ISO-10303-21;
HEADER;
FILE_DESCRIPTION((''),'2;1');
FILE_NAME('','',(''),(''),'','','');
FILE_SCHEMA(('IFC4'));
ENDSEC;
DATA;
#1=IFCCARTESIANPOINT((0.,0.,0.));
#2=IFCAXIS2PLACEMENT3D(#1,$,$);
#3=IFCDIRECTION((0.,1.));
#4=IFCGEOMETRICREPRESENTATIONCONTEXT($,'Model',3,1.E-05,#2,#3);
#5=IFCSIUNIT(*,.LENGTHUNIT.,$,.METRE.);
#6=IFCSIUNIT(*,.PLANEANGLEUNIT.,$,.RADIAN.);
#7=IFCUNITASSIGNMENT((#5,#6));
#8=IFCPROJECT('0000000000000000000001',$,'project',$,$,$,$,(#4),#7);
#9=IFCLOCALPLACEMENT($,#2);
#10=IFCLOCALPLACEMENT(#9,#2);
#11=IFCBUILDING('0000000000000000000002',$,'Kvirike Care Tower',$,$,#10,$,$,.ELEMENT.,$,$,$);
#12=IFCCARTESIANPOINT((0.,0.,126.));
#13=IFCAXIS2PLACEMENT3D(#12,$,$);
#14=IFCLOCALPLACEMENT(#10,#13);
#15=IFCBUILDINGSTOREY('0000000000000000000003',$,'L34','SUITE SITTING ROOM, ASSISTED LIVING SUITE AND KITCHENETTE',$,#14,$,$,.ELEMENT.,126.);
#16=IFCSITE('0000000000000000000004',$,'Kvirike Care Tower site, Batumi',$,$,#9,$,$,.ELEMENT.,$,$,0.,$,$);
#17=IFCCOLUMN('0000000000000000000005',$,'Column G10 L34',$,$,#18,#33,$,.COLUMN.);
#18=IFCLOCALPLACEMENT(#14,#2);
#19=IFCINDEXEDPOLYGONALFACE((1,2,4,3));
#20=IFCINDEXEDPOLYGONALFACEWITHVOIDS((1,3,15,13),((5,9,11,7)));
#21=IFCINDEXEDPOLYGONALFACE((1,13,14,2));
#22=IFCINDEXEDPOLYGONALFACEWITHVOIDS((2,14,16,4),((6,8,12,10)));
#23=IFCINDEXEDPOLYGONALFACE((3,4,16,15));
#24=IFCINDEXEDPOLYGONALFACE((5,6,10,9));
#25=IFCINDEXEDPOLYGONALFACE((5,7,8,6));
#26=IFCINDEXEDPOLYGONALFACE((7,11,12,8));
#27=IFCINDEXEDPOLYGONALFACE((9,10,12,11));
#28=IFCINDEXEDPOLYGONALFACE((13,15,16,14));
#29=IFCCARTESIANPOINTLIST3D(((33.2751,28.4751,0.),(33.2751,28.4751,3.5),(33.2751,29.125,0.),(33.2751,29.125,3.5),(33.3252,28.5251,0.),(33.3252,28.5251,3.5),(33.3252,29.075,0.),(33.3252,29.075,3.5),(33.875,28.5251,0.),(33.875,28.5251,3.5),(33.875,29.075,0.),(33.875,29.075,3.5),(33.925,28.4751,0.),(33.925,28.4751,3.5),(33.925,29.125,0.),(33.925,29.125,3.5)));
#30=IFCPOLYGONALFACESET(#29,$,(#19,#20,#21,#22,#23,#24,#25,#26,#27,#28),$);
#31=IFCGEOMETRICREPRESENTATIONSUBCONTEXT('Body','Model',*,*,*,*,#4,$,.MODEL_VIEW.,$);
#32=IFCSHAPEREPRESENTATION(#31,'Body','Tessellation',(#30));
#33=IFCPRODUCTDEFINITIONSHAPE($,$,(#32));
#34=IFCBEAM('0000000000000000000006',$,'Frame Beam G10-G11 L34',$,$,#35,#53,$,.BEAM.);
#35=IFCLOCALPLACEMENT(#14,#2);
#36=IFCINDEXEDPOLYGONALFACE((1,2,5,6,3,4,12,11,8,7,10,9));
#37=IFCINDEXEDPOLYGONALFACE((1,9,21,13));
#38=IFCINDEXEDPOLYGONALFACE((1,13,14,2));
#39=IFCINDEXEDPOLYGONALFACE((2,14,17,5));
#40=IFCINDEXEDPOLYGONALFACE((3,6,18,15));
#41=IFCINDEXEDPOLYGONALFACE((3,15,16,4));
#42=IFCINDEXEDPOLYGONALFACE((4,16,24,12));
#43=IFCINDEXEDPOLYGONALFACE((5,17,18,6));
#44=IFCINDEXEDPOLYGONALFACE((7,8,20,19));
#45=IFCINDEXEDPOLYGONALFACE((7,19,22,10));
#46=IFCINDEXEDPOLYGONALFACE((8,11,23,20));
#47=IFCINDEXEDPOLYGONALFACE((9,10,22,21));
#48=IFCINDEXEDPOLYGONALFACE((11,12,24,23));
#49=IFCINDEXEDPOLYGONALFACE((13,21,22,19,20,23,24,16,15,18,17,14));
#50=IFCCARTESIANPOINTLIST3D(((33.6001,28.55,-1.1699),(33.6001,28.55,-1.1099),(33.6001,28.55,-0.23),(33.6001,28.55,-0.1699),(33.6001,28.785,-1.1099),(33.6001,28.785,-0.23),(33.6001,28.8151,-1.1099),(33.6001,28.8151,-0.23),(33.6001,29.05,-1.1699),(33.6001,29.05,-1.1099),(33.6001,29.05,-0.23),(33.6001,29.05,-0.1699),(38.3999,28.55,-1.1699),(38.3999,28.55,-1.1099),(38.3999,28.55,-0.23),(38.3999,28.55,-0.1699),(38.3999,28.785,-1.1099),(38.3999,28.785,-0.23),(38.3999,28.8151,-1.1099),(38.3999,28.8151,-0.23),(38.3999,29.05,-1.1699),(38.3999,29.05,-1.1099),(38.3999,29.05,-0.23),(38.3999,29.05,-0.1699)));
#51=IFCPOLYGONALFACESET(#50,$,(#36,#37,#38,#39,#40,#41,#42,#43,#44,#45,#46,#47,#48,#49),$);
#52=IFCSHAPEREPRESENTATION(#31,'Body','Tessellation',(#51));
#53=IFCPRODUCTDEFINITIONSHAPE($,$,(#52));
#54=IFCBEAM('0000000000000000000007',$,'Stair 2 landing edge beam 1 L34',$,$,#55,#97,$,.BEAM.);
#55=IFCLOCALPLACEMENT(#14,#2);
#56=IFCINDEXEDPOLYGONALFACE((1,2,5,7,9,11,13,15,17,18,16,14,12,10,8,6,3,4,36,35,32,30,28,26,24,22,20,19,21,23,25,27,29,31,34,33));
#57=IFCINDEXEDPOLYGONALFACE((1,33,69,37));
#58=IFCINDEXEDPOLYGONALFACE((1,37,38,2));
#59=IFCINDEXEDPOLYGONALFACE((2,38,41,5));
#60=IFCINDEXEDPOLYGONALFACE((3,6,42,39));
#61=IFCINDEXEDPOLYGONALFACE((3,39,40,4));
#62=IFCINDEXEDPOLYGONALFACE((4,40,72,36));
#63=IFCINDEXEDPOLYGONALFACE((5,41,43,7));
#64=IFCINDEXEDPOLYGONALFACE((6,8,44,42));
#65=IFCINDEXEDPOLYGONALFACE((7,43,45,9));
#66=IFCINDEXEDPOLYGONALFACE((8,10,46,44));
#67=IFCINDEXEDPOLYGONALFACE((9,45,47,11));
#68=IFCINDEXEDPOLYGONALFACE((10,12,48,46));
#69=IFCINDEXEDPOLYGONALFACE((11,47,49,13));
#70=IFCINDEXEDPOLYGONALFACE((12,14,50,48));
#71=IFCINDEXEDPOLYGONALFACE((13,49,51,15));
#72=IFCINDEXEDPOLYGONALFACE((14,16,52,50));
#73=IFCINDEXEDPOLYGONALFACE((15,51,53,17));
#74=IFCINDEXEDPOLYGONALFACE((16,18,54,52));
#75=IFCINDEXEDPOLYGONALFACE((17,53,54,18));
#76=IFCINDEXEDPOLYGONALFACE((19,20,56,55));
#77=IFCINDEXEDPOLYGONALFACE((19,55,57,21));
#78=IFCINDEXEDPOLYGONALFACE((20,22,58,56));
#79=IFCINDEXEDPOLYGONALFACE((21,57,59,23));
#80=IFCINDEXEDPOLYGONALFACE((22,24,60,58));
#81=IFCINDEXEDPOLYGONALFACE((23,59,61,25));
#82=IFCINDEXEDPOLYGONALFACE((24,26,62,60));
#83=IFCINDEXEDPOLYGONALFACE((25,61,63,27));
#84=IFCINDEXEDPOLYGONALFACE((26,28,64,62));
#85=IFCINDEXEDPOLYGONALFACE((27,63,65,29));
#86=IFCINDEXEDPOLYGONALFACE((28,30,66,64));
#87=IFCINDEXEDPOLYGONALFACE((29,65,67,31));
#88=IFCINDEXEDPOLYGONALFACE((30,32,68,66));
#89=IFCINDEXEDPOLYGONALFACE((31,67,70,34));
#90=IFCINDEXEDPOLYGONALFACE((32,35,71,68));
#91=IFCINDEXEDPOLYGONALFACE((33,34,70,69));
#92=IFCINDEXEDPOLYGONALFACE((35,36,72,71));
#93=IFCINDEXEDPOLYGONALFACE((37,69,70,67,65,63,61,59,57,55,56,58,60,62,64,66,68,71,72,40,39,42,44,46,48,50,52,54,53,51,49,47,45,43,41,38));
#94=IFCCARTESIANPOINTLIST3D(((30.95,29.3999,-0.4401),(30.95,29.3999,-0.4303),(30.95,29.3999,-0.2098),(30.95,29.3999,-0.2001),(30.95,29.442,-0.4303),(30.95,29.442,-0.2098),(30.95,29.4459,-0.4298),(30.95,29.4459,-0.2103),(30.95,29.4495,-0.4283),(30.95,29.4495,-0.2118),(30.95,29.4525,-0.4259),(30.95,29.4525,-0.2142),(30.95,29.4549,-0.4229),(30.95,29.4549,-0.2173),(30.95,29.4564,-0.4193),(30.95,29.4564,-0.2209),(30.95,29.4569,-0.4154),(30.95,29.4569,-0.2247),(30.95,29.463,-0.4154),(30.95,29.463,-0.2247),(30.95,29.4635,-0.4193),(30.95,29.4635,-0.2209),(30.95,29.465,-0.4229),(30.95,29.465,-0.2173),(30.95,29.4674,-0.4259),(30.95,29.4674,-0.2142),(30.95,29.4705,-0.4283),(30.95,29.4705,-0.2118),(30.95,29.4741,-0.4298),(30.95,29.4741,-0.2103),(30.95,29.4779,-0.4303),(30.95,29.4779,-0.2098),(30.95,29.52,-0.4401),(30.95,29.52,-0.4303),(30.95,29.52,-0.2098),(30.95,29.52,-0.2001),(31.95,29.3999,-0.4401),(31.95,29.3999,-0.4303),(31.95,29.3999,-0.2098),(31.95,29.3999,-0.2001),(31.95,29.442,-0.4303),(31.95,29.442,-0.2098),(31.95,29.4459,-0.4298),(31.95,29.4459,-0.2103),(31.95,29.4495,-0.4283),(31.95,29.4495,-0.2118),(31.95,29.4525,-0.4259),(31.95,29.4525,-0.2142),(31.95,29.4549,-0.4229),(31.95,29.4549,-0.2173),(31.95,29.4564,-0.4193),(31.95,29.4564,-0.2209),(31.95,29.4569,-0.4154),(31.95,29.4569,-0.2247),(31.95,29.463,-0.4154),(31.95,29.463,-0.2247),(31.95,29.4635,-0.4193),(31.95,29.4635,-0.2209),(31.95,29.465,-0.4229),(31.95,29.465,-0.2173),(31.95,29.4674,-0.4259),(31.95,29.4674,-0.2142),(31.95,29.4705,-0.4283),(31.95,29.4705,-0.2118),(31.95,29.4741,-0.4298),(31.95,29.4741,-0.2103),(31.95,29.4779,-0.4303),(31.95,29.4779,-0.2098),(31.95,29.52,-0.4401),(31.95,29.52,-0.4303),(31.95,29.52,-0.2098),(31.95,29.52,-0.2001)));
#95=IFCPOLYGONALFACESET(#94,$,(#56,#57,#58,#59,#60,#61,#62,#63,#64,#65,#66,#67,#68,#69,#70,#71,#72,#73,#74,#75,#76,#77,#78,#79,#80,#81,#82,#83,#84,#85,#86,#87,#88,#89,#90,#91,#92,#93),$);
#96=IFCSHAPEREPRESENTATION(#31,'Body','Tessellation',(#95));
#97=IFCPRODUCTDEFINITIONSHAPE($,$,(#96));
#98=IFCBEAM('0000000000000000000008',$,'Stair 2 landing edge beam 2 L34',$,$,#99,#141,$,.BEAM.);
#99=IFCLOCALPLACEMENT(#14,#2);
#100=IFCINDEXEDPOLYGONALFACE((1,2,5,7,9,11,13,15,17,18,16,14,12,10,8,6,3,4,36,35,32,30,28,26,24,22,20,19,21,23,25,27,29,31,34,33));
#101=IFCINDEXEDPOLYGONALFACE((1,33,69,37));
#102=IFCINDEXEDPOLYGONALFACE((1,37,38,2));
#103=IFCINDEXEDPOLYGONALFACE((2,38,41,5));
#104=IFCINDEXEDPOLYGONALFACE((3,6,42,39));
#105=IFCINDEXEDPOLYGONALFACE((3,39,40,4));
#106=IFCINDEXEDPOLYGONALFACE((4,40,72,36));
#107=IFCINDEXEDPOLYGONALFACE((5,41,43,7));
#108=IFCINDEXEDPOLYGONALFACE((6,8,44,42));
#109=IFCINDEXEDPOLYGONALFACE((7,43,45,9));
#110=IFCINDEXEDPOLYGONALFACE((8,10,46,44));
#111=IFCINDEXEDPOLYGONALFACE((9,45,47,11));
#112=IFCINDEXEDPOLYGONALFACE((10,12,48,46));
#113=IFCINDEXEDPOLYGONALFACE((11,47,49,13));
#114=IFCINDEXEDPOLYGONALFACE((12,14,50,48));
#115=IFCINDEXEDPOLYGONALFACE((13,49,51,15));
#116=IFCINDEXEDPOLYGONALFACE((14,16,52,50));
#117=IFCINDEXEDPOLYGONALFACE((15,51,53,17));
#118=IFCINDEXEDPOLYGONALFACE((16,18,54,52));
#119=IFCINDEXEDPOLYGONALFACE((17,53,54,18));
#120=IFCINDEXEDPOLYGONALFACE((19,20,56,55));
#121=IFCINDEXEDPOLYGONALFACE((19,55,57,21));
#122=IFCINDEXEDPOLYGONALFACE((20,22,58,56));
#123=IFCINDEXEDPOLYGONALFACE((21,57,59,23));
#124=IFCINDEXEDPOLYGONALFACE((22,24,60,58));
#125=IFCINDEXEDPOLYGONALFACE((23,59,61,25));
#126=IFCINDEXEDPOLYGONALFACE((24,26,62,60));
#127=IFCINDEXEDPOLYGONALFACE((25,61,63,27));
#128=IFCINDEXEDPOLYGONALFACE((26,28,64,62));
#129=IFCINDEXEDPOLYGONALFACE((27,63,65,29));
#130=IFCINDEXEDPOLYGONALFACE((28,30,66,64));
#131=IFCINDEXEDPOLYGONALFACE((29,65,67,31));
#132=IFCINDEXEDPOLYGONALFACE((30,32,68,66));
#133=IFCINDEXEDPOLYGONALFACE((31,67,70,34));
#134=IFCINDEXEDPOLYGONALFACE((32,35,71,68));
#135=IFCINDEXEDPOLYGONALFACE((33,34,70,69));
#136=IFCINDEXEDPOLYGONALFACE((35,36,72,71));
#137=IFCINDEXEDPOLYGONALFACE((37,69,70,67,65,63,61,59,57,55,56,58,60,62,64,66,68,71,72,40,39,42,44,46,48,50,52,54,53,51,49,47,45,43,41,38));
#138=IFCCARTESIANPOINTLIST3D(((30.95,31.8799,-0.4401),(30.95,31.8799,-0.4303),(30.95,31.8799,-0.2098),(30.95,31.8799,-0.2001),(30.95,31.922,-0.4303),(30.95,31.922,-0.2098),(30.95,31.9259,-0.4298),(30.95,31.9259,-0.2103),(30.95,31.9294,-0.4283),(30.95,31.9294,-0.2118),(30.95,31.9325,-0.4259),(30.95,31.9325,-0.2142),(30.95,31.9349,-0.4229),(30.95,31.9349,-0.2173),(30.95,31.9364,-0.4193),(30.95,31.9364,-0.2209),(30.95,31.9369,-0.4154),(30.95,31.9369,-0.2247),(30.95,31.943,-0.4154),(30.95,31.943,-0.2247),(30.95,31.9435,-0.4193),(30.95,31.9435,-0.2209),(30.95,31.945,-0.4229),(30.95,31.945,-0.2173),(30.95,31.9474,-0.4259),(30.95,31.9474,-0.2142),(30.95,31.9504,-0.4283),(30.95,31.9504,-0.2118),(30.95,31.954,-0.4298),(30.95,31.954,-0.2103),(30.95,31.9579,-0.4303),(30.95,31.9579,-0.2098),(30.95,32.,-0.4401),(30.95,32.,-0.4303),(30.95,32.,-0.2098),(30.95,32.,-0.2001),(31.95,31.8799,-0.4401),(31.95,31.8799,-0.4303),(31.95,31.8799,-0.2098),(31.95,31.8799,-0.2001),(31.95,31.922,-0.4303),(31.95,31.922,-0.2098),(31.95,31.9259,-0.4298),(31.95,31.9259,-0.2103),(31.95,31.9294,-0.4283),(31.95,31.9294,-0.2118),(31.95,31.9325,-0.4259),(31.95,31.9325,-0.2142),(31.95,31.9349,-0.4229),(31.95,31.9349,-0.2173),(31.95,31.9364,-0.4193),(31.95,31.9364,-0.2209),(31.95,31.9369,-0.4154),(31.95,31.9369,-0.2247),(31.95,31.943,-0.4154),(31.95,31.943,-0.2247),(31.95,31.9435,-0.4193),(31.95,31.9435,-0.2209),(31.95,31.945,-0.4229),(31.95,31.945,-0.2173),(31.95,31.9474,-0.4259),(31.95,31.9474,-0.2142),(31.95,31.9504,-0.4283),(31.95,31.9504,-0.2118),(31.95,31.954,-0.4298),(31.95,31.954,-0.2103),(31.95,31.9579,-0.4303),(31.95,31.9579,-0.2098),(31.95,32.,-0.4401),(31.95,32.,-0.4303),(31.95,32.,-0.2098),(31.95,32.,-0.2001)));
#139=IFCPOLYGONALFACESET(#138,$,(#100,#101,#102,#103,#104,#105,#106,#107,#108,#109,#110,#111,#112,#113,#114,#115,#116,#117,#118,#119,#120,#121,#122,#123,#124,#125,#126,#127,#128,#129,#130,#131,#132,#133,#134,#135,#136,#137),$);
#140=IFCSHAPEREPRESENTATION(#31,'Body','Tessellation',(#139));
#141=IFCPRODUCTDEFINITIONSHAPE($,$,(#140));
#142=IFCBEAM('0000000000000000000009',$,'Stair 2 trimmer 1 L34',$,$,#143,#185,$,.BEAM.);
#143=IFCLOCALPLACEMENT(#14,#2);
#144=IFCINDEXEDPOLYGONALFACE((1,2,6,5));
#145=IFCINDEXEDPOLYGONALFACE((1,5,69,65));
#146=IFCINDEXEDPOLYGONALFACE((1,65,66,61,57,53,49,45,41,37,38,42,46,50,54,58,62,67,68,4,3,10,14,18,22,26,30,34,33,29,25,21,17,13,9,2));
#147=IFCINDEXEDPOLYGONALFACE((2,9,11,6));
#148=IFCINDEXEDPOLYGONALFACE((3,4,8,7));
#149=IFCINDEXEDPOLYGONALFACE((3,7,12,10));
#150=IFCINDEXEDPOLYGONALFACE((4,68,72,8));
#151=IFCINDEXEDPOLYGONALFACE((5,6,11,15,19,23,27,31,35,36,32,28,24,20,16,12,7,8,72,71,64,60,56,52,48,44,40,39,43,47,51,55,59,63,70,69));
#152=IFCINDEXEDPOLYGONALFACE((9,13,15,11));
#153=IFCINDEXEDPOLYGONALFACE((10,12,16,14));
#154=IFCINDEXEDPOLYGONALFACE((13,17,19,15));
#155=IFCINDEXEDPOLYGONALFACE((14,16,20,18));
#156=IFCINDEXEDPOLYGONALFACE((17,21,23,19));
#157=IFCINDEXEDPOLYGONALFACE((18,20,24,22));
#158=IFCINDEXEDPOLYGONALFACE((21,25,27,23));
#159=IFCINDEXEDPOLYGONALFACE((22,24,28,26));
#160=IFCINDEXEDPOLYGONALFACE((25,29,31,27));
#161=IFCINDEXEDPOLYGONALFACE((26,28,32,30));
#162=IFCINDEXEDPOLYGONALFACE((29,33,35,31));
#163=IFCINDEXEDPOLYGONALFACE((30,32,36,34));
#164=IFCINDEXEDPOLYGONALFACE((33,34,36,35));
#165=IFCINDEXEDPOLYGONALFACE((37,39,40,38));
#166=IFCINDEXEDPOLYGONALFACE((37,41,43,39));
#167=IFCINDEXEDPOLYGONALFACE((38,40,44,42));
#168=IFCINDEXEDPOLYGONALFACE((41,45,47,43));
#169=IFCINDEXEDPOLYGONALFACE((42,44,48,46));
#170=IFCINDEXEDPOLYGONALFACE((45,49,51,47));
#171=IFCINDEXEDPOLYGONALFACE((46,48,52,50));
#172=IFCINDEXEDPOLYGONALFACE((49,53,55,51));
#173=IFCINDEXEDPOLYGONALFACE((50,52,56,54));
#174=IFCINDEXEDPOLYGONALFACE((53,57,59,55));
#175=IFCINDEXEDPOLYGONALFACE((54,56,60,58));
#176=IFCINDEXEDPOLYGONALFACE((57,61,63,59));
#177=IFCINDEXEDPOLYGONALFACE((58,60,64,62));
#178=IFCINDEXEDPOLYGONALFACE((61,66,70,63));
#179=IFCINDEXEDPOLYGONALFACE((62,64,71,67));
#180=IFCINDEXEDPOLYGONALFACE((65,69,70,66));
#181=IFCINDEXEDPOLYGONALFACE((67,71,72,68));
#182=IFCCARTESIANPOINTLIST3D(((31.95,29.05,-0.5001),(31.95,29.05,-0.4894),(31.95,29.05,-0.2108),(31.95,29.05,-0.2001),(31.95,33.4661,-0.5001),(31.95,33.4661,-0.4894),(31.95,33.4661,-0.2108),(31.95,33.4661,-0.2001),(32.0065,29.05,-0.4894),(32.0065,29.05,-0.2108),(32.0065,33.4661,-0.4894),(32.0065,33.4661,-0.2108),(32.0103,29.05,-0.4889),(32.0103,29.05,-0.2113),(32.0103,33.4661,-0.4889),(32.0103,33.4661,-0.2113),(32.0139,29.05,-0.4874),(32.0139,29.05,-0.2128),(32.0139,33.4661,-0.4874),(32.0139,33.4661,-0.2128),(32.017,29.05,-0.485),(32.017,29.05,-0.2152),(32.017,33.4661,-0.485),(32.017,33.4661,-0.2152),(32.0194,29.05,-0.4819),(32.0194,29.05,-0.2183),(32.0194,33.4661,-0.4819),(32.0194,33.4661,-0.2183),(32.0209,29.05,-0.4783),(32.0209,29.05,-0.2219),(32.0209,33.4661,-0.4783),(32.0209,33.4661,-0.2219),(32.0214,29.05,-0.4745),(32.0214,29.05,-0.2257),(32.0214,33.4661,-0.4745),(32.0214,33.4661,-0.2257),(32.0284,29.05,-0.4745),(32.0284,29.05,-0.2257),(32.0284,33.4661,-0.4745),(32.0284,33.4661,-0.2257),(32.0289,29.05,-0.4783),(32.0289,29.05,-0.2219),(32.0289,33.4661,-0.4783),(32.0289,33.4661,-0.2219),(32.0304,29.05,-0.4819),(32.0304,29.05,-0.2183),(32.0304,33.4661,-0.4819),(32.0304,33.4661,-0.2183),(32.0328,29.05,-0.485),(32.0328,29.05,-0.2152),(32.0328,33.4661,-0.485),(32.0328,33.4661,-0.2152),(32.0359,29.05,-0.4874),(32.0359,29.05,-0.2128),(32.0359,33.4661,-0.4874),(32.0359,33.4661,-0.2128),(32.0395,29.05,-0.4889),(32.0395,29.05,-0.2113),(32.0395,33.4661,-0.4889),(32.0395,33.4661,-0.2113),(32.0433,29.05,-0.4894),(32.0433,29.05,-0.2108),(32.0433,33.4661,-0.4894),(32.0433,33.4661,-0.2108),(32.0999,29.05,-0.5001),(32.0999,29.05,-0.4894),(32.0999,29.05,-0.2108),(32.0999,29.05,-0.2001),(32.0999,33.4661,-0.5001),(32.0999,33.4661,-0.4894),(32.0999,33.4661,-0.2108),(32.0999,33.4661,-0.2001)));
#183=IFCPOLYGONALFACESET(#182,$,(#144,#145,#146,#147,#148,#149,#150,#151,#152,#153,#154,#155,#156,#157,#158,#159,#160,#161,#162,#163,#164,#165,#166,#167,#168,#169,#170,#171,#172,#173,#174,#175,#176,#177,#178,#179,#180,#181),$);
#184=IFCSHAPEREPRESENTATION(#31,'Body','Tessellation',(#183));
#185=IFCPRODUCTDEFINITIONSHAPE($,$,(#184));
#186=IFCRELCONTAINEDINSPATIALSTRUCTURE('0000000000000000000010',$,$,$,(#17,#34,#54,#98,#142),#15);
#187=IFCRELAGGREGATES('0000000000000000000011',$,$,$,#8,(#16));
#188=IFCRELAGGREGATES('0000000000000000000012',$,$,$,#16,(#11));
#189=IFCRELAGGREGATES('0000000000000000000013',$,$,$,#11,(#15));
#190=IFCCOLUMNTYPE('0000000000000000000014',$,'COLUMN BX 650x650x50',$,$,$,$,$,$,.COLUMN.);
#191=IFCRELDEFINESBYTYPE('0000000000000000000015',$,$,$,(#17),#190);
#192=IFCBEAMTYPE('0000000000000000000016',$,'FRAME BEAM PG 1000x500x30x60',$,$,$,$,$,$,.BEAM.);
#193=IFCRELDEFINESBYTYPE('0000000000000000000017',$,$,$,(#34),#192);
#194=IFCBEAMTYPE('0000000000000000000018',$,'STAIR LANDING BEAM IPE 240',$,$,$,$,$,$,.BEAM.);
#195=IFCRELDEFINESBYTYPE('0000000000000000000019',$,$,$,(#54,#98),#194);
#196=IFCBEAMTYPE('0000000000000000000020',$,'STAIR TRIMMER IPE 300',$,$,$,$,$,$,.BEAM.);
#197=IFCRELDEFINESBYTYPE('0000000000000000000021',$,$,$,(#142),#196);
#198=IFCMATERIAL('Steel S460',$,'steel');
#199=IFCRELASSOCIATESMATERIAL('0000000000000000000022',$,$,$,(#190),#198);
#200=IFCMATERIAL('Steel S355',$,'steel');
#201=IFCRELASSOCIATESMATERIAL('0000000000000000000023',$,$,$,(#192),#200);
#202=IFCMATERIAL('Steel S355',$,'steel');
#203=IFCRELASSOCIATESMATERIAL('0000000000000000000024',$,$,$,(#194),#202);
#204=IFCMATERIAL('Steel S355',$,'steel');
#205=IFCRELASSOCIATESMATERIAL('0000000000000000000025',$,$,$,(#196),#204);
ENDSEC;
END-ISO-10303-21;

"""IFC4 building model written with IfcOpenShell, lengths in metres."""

from ifc_helpers import new_model, si_unit, direction, frame, origin, origin_2d, place, context, subcontext, project, spatial, hollow_rectangle, i_section, extrude, material, material_profile, profile_set, type_object, element, save


model = new_model("IFC4")

# Units and contexts
model_context = context("Model", 3, precision=1e-05, world=origin(), true_north=direction((0.0, 1.0)))
body_context = subcontext(model_context, "Body", "Model", "MODEL_VIEW")
ifc_project = project(units=[si_unit("LENGTHUNIT", "METRE"), si_unit("PLANEANGLEUNIT", "RADIAN")], contexts=[model_context])

# Site, building, storey
site_placement = place(None, origin())
site = spatial("IfcSite", under=ifc_project, at=site_placement, Name="Kvirike Care Tower site, Batumi", CompositionType="ELEMENT", RefElevation=0.0)
building_placement = place(site_placement, origin())
building = spatial("IfcBuilding", under=site, at=building_placement, Name="Kvirike Care Tower", CompositionType="ELEMENT")
storey_placement = place(building_placement, frame((0.0, 0.0, 126.0)))
storey = spatial("IfcBuildingStorey", under=building, at=storey_placement, Name="L34", Description="SUITE SITTING ROOM, ASSISTED LIVING SUITE AND KITCHENETTE", CompositionType="ELEMENT", Elevation=126.0)

# Column
ifc_material_1 = material(Name="Steel S460", Category="steel")
ifc_material_profile_1 = material_profile(ifc_material_1, hollow_rectangle(XDim=0.6499, YDim=0.6499, WallThickness=0.05, at=origin_2d()), Name="BX 650x650x50")
ifc_profile_set_1 = profile_set([ifc_material_profile_1], Name="Steel S460")
column_type = type_object("IfcColumnType", Name="COLUMN BX 650x650x50", PredefinedType="COLUMN", material=ifc_profile_set_1)
column_placement = place(storey_placement, frame((33.6001, 28.8, 0.0), z_axis=(0.0, 0.0, 1.0), x_axis=(0.0, 1.0, 0.0)))
element("IfcColumn", 1, at=column_placement, inside=storey, type_object=column_type, Name="Column G10 L34", PredefinedType="COLUMN", context=body_context, shape_type="SweptSolid", body=[
    extrude(hollow_rectangle(XDim=0.6499, YDim=0.6499, WallThickness=0.05, at=origin_2d()), origin(), (0.0, 0.0, 1.0), 3.5),
])

# Beams
ifc_material_2 = material(Name="Steel S355", Category="steel")
ifc_material_profile_2 = material_profile(ifc_material_2, i_section(OverallWidth=0.5, OverallDepth=1.0, WebThickness=0.03, FlangeThickness=0.0601, at=origin_2d()), Name="PG 1000x500x30x60")
ifc_profile_set_2 = profile_set([ifc_material_profile_2], Name="Steel S355")
beam_type_1 = type_object("IfcBeamType", Name="FRAME BEAM PG 1000x500x30x60", PredefinedType="BEAM", material=ifc_profile_set_2)
beam_placement = place(storey_placement, frame((33.6001, 28.8, -0.6699), z_axis=(1.0, 0.0, 0.0), x_axis=(0.0, 1.0, 0.0)))
element("IfcBeam", 2, at=beam_placement, inside=storey, type_object=beam_type_1, Name="Frame Beam G10-G11 L34", PredefinedType="BEAM", context=body_context, shape_type="SweptSolid", body=[
    extrude(i_section(OverallWidth=0.5, OverallDepth=1.0, WebThickness=0.03, FlangeThickness=0.0601, at=origin_2d()), origin(), (0.0, 0.0, 1.0), 4.7998),
])
ifc_material_3 = material(Name="Steel S355", Category="steel")
ifc_material_profile_3 = material_profile(ifc_material_3, i_section(OverallWidth=0.1201, OverallDepth=0.24, WebThickness=0.0061, FlangeThickness=0.0098, FilletRadius=0.0149, at=origin_2d()), Name="IPE 240")
ifc_profile_set_3 = profile_set([ifc_material_profile_3], Name="Steel S355")
beam_type_2 = type_object("IfcBeamType", Name="STAIR LANDING BEAM IPE 240", PredefinedType="BEAM", material=ifc_profile_set_3)
for number, where, z_axis, x_axis, name in (
    (3, (31.95, 29.46, -0.3201), (-1.0, 0.0, 0.0), (0.0, -1.0, 0.0), "Stair 2 landing edge beam 1 L34"),
    (4, (31.95, 31.9399, -0.3201), (-1.0, 0.0, 0.0), (0.0, -1.0, 0.0), "Stair 2 landing edge beam 2 L34"),
):
    element("IfcBeam", number, at=place(storey_placement, frame(where, z_axis=z_axis, x_axis=x_axis)), inside=storey, type_object=beam_type_2, Name=name, PredefinedType="BEAM", context=body_context, shape_type="SweptSolid", body=[
        extrude(i_section(OverallWidth=0.1201, OverallDepth=0.24, WebThickness=0.0061, FlangeThickness=0.0098, FilletRadius=0.0149, at=origin_2d()), origin(), (0.0, 0.0, 1.0), 1.0),
    ])
ifc_material_4 = material(Name="Steel S355", Category="steel")
ifc_material_profile_4 = material_profile(ifc_material_4, i_section(OverallWidth=0.1499, OverallDepth=0.3, WebThickness=0.0071, FlangeThickness=0.0107, FilletRadius=0.0149, at=origin_2d()), Name="IPE 300")
ifc_profile_set_4 = profile_set([ifc_material_profile_4], Name="Steel S355")
beam_type_3 = type_object("IfcBeamType", Name="STAIR TRIMMER IPE 300", PredefinedType="BEAM", material=ifc_profile_set_4)
for number, where, z_axis, x_axis, name in (
    (5, (32.0249, 29.05, -0.3501), (0.0, 1.0, 0.0), (-1.0, 0.0, 0.0), "Stair 2 trimmer 1 L34"),
):
    element("IfcBeam", number, at=place(storey_placement, frame(where, z_axis=z_axis, x_axis=x_axis)), inside=storey, type_object=beam_type_3, Name=name, PredefinedType="BEAM", context=body_context, shape_type="SweptSolid", body=[
        extrude(i_section(OverallWidth=0.1499, OverallDepth=0.3, WebThickness=0.0071, FlangeThickness=0.0107, FilletRadius=0.0149, at=origin_2d()), origin(), (0.0, 0.0, 1.0), 4.416),
    ])

save(model, "model.ifc")
